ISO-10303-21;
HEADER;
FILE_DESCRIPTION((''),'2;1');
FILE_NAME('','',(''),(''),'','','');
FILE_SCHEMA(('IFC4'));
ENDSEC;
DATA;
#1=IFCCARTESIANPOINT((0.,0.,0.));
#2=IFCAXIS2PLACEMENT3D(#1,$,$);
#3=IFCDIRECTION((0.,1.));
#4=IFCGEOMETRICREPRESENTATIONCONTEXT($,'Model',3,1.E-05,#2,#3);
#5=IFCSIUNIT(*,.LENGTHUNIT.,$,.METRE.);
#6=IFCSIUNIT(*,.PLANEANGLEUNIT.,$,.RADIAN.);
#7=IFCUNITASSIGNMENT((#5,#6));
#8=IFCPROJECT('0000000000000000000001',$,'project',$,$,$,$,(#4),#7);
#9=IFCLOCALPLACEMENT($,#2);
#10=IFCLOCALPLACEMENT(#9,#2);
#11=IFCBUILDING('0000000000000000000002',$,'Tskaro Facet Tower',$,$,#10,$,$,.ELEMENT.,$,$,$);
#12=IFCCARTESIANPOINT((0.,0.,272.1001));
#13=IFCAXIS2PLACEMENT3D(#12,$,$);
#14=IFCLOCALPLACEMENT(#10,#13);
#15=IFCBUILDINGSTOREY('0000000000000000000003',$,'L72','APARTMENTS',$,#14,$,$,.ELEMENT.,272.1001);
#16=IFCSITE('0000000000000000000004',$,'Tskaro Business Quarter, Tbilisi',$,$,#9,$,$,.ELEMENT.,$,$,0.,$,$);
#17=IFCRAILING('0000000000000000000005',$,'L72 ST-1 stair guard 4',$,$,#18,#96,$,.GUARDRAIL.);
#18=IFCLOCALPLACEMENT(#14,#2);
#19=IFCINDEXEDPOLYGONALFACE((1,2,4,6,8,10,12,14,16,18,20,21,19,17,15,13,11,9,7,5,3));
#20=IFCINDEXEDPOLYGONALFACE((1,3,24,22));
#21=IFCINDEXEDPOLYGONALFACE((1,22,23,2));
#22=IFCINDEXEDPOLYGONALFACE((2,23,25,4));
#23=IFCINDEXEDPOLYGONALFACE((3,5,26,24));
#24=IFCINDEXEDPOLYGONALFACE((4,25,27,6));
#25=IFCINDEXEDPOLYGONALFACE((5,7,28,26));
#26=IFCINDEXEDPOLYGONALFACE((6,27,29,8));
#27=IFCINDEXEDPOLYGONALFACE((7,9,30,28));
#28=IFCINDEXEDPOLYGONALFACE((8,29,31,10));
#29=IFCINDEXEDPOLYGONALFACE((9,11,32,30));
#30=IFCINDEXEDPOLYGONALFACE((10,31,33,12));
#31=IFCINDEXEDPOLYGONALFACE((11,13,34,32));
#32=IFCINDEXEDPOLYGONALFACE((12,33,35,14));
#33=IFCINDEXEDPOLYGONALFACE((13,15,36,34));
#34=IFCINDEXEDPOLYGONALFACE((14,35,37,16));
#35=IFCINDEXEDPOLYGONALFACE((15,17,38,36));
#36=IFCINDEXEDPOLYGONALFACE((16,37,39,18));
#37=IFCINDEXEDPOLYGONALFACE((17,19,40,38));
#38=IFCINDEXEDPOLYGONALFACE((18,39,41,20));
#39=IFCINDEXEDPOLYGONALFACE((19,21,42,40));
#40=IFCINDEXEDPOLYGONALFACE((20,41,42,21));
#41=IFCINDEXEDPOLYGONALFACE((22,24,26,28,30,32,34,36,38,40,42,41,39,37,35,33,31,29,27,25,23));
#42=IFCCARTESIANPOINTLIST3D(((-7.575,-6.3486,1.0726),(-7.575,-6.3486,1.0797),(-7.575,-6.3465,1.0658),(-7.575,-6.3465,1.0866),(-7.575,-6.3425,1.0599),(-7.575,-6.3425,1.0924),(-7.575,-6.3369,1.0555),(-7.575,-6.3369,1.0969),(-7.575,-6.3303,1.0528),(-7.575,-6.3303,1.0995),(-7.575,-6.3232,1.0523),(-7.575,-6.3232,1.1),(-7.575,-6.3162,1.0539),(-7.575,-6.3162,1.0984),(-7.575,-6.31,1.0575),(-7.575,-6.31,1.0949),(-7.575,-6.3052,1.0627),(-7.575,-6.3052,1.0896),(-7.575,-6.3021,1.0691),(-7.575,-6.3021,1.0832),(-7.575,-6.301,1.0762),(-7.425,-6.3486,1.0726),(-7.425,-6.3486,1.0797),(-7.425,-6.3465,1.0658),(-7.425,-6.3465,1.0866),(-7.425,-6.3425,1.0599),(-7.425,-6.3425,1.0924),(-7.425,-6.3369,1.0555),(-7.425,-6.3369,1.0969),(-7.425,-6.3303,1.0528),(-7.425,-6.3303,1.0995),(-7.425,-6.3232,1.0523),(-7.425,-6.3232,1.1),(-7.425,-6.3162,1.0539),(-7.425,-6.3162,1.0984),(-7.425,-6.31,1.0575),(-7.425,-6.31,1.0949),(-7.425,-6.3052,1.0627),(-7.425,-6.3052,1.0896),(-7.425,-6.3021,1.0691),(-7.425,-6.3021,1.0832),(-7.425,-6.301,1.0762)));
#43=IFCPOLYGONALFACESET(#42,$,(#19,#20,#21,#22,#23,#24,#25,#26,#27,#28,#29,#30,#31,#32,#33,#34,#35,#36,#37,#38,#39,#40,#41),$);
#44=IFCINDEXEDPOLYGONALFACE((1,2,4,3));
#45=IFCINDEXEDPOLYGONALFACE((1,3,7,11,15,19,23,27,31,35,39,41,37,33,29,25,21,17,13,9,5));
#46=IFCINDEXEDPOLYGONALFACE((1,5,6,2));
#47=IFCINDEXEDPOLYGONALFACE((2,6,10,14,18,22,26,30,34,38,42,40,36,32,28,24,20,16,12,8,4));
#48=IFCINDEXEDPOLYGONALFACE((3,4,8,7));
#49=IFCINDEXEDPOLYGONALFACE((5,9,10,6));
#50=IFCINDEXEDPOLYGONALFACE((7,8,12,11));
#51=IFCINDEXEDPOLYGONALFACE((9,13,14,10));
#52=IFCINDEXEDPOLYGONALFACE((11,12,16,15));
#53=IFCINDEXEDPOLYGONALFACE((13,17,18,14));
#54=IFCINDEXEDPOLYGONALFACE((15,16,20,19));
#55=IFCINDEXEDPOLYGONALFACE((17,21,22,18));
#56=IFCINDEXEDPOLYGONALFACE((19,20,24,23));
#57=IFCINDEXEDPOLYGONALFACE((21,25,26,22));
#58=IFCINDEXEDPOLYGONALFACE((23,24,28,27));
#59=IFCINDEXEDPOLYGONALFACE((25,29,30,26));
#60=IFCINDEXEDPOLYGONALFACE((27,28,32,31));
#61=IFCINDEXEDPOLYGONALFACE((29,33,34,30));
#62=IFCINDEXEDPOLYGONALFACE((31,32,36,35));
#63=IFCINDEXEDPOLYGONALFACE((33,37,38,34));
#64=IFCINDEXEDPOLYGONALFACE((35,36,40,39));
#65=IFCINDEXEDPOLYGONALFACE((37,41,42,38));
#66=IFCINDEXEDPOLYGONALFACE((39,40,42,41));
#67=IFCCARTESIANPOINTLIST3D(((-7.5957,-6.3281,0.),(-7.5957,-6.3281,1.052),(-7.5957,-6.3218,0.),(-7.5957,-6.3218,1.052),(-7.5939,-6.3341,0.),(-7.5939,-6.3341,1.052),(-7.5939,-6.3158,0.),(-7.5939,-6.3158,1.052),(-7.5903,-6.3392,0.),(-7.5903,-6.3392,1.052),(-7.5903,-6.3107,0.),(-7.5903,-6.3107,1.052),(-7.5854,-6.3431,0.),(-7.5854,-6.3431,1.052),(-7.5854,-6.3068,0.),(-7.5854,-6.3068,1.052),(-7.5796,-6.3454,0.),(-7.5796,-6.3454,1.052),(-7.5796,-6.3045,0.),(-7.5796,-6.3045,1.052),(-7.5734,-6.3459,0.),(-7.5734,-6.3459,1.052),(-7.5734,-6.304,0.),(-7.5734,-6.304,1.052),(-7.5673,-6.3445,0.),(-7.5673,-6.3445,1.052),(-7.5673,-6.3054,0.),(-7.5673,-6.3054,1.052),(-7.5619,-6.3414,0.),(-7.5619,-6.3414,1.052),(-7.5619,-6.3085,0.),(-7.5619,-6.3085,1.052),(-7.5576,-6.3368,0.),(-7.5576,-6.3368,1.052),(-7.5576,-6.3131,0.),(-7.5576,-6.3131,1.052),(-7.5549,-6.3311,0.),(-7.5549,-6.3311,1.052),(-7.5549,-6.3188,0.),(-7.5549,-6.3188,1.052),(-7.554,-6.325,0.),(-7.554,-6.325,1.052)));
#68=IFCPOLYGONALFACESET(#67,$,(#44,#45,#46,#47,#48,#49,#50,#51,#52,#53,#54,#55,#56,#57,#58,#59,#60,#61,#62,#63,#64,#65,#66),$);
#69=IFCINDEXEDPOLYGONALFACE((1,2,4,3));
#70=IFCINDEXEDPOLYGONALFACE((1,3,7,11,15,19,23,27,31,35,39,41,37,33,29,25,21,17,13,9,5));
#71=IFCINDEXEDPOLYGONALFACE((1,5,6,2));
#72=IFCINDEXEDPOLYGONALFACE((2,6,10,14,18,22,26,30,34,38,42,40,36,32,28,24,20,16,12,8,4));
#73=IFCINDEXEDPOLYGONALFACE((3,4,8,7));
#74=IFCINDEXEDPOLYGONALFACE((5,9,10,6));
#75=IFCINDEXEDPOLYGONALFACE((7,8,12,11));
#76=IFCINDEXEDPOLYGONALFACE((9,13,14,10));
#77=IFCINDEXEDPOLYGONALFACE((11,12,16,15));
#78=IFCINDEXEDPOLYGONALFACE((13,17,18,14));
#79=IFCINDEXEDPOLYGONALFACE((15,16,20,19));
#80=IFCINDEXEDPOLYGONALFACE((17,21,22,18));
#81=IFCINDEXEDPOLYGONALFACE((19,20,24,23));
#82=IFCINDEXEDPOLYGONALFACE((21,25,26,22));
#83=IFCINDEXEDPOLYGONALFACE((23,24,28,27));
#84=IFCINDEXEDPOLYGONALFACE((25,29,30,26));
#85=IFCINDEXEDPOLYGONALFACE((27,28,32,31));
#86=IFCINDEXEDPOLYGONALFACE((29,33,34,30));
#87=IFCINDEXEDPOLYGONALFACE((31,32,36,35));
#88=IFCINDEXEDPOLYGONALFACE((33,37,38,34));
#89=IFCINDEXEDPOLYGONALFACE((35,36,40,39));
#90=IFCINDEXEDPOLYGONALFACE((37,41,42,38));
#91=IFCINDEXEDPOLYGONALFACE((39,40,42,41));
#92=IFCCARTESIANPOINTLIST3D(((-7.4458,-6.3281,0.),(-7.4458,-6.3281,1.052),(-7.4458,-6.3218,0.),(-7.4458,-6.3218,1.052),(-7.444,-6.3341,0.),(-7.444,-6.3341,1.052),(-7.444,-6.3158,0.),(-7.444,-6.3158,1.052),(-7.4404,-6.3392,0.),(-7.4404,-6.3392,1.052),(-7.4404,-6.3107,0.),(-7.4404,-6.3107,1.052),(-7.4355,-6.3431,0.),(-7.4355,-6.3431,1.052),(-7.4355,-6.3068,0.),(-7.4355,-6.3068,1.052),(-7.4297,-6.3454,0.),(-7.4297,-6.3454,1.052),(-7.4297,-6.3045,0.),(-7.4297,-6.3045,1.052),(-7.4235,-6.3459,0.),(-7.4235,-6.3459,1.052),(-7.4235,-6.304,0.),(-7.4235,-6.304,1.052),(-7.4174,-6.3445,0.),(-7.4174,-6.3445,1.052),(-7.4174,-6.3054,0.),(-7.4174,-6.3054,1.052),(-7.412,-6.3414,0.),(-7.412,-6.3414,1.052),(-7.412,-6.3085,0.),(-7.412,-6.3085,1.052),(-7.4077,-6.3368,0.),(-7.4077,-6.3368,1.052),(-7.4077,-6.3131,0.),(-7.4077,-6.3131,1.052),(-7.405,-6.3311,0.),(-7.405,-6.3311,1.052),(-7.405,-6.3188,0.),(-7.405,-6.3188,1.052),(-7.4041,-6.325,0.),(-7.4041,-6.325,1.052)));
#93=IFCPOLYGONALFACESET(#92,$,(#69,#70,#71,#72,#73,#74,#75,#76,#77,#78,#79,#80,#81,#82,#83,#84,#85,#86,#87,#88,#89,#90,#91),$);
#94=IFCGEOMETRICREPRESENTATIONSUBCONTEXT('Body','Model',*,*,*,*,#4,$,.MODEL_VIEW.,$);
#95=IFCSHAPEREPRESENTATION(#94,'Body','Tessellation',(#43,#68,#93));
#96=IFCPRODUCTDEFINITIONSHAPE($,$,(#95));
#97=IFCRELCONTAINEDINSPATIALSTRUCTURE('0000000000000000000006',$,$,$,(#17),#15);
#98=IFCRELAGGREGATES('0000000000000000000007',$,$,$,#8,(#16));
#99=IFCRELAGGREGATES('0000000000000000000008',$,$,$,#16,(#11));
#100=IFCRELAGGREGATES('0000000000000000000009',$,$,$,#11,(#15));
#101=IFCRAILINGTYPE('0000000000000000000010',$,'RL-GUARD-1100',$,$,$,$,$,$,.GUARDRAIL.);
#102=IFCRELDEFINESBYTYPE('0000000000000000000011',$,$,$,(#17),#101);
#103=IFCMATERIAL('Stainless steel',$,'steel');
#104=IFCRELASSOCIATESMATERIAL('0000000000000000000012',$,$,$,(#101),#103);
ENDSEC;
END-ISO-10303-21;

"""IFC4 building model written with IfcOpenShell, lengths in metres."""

from ifc_helpers import new_model, si_unit, direction, frame, origin, origin_2d, place, context, subcontext, project, spatial, circle, extrude, material, type_object, element, save


model = new_model("IFC4")

# Units and contexts
model_context = context("Model", 3, precision=1e-05, world=origin(), true_north=direction((0.0, 1.0)))
body_context = subcontext(model_context, "Body", "Model", "MODEL_VIEW")
ifc_project = project(units=[si_unit("LENGTHUNIT", "METRE"), si_unit("PLANEANGLEUNIT", "RADIAN")], contexts=[model_context])

# Site, building, storey
site_placement = place(None, origin())
site = spatial("IfcSite", under=ifc_project, at=site_placement, Name="Tskaro Business Quarter, Tbilisi", CompositionType="ELEMENT", RefElevation=0.0)
building_placement = place(site_placement, origin())
building = spatial("IfcBuilding", under=site, at=building_placement, Name="Tskaro Facet Tower", CompositionType="ELEMENT")
storey_placement = place(building_placement, frame((0.0, 0.0, 272.1001)))
storey = spatial("IfcBuildingStorey", under=building, at=storey_placement, Name="L72", Description="APARTMENTS", CompositionType="ELEMENT", Elevation=272.1001)

# Shared definitions
ifc_material_1 = material(Name="Stainless steel", Category="steel")

# Railing
railing_type_1 = type_object("IfcRailingType", Name="RL-GUARD-1100", PredefinedType="GUARDRAIL", material=ifc_material_1)
railing_1_placement = place(storey_placement, frame((-7.575, -6.325, 0.0)))
element("IfcRailing", 1, at=railing_1_placement, inside=storey, type_object=railing_type_1, Name="L72 ST-1 stair guard 4", PredefinedType="GUARDRAIL", context=body_context, shape_type="SweptSolid", body=[
    extrude(circle(Radius=0.0239, at=origin_2d()), frame((0.0, 0.0, 1.0762), z_axis=(1.0, 0.0, 0.0), x_axis=(0.0, 1.0, 0.0)), (0.0, 0.0, 1.0), 0.1499),
    extrude(circle(Radius=0.021, at=origin_2d()), origin(), (0.0, 0.0, 1.0), 1.052),
    extrude(circle(Radius=0.021, at=origin_2d()), frame((0.1499, 0.0, 0.0)), (0.0, 0.0, 1.0), 1.052),
])

save(model, "model.ifc")
